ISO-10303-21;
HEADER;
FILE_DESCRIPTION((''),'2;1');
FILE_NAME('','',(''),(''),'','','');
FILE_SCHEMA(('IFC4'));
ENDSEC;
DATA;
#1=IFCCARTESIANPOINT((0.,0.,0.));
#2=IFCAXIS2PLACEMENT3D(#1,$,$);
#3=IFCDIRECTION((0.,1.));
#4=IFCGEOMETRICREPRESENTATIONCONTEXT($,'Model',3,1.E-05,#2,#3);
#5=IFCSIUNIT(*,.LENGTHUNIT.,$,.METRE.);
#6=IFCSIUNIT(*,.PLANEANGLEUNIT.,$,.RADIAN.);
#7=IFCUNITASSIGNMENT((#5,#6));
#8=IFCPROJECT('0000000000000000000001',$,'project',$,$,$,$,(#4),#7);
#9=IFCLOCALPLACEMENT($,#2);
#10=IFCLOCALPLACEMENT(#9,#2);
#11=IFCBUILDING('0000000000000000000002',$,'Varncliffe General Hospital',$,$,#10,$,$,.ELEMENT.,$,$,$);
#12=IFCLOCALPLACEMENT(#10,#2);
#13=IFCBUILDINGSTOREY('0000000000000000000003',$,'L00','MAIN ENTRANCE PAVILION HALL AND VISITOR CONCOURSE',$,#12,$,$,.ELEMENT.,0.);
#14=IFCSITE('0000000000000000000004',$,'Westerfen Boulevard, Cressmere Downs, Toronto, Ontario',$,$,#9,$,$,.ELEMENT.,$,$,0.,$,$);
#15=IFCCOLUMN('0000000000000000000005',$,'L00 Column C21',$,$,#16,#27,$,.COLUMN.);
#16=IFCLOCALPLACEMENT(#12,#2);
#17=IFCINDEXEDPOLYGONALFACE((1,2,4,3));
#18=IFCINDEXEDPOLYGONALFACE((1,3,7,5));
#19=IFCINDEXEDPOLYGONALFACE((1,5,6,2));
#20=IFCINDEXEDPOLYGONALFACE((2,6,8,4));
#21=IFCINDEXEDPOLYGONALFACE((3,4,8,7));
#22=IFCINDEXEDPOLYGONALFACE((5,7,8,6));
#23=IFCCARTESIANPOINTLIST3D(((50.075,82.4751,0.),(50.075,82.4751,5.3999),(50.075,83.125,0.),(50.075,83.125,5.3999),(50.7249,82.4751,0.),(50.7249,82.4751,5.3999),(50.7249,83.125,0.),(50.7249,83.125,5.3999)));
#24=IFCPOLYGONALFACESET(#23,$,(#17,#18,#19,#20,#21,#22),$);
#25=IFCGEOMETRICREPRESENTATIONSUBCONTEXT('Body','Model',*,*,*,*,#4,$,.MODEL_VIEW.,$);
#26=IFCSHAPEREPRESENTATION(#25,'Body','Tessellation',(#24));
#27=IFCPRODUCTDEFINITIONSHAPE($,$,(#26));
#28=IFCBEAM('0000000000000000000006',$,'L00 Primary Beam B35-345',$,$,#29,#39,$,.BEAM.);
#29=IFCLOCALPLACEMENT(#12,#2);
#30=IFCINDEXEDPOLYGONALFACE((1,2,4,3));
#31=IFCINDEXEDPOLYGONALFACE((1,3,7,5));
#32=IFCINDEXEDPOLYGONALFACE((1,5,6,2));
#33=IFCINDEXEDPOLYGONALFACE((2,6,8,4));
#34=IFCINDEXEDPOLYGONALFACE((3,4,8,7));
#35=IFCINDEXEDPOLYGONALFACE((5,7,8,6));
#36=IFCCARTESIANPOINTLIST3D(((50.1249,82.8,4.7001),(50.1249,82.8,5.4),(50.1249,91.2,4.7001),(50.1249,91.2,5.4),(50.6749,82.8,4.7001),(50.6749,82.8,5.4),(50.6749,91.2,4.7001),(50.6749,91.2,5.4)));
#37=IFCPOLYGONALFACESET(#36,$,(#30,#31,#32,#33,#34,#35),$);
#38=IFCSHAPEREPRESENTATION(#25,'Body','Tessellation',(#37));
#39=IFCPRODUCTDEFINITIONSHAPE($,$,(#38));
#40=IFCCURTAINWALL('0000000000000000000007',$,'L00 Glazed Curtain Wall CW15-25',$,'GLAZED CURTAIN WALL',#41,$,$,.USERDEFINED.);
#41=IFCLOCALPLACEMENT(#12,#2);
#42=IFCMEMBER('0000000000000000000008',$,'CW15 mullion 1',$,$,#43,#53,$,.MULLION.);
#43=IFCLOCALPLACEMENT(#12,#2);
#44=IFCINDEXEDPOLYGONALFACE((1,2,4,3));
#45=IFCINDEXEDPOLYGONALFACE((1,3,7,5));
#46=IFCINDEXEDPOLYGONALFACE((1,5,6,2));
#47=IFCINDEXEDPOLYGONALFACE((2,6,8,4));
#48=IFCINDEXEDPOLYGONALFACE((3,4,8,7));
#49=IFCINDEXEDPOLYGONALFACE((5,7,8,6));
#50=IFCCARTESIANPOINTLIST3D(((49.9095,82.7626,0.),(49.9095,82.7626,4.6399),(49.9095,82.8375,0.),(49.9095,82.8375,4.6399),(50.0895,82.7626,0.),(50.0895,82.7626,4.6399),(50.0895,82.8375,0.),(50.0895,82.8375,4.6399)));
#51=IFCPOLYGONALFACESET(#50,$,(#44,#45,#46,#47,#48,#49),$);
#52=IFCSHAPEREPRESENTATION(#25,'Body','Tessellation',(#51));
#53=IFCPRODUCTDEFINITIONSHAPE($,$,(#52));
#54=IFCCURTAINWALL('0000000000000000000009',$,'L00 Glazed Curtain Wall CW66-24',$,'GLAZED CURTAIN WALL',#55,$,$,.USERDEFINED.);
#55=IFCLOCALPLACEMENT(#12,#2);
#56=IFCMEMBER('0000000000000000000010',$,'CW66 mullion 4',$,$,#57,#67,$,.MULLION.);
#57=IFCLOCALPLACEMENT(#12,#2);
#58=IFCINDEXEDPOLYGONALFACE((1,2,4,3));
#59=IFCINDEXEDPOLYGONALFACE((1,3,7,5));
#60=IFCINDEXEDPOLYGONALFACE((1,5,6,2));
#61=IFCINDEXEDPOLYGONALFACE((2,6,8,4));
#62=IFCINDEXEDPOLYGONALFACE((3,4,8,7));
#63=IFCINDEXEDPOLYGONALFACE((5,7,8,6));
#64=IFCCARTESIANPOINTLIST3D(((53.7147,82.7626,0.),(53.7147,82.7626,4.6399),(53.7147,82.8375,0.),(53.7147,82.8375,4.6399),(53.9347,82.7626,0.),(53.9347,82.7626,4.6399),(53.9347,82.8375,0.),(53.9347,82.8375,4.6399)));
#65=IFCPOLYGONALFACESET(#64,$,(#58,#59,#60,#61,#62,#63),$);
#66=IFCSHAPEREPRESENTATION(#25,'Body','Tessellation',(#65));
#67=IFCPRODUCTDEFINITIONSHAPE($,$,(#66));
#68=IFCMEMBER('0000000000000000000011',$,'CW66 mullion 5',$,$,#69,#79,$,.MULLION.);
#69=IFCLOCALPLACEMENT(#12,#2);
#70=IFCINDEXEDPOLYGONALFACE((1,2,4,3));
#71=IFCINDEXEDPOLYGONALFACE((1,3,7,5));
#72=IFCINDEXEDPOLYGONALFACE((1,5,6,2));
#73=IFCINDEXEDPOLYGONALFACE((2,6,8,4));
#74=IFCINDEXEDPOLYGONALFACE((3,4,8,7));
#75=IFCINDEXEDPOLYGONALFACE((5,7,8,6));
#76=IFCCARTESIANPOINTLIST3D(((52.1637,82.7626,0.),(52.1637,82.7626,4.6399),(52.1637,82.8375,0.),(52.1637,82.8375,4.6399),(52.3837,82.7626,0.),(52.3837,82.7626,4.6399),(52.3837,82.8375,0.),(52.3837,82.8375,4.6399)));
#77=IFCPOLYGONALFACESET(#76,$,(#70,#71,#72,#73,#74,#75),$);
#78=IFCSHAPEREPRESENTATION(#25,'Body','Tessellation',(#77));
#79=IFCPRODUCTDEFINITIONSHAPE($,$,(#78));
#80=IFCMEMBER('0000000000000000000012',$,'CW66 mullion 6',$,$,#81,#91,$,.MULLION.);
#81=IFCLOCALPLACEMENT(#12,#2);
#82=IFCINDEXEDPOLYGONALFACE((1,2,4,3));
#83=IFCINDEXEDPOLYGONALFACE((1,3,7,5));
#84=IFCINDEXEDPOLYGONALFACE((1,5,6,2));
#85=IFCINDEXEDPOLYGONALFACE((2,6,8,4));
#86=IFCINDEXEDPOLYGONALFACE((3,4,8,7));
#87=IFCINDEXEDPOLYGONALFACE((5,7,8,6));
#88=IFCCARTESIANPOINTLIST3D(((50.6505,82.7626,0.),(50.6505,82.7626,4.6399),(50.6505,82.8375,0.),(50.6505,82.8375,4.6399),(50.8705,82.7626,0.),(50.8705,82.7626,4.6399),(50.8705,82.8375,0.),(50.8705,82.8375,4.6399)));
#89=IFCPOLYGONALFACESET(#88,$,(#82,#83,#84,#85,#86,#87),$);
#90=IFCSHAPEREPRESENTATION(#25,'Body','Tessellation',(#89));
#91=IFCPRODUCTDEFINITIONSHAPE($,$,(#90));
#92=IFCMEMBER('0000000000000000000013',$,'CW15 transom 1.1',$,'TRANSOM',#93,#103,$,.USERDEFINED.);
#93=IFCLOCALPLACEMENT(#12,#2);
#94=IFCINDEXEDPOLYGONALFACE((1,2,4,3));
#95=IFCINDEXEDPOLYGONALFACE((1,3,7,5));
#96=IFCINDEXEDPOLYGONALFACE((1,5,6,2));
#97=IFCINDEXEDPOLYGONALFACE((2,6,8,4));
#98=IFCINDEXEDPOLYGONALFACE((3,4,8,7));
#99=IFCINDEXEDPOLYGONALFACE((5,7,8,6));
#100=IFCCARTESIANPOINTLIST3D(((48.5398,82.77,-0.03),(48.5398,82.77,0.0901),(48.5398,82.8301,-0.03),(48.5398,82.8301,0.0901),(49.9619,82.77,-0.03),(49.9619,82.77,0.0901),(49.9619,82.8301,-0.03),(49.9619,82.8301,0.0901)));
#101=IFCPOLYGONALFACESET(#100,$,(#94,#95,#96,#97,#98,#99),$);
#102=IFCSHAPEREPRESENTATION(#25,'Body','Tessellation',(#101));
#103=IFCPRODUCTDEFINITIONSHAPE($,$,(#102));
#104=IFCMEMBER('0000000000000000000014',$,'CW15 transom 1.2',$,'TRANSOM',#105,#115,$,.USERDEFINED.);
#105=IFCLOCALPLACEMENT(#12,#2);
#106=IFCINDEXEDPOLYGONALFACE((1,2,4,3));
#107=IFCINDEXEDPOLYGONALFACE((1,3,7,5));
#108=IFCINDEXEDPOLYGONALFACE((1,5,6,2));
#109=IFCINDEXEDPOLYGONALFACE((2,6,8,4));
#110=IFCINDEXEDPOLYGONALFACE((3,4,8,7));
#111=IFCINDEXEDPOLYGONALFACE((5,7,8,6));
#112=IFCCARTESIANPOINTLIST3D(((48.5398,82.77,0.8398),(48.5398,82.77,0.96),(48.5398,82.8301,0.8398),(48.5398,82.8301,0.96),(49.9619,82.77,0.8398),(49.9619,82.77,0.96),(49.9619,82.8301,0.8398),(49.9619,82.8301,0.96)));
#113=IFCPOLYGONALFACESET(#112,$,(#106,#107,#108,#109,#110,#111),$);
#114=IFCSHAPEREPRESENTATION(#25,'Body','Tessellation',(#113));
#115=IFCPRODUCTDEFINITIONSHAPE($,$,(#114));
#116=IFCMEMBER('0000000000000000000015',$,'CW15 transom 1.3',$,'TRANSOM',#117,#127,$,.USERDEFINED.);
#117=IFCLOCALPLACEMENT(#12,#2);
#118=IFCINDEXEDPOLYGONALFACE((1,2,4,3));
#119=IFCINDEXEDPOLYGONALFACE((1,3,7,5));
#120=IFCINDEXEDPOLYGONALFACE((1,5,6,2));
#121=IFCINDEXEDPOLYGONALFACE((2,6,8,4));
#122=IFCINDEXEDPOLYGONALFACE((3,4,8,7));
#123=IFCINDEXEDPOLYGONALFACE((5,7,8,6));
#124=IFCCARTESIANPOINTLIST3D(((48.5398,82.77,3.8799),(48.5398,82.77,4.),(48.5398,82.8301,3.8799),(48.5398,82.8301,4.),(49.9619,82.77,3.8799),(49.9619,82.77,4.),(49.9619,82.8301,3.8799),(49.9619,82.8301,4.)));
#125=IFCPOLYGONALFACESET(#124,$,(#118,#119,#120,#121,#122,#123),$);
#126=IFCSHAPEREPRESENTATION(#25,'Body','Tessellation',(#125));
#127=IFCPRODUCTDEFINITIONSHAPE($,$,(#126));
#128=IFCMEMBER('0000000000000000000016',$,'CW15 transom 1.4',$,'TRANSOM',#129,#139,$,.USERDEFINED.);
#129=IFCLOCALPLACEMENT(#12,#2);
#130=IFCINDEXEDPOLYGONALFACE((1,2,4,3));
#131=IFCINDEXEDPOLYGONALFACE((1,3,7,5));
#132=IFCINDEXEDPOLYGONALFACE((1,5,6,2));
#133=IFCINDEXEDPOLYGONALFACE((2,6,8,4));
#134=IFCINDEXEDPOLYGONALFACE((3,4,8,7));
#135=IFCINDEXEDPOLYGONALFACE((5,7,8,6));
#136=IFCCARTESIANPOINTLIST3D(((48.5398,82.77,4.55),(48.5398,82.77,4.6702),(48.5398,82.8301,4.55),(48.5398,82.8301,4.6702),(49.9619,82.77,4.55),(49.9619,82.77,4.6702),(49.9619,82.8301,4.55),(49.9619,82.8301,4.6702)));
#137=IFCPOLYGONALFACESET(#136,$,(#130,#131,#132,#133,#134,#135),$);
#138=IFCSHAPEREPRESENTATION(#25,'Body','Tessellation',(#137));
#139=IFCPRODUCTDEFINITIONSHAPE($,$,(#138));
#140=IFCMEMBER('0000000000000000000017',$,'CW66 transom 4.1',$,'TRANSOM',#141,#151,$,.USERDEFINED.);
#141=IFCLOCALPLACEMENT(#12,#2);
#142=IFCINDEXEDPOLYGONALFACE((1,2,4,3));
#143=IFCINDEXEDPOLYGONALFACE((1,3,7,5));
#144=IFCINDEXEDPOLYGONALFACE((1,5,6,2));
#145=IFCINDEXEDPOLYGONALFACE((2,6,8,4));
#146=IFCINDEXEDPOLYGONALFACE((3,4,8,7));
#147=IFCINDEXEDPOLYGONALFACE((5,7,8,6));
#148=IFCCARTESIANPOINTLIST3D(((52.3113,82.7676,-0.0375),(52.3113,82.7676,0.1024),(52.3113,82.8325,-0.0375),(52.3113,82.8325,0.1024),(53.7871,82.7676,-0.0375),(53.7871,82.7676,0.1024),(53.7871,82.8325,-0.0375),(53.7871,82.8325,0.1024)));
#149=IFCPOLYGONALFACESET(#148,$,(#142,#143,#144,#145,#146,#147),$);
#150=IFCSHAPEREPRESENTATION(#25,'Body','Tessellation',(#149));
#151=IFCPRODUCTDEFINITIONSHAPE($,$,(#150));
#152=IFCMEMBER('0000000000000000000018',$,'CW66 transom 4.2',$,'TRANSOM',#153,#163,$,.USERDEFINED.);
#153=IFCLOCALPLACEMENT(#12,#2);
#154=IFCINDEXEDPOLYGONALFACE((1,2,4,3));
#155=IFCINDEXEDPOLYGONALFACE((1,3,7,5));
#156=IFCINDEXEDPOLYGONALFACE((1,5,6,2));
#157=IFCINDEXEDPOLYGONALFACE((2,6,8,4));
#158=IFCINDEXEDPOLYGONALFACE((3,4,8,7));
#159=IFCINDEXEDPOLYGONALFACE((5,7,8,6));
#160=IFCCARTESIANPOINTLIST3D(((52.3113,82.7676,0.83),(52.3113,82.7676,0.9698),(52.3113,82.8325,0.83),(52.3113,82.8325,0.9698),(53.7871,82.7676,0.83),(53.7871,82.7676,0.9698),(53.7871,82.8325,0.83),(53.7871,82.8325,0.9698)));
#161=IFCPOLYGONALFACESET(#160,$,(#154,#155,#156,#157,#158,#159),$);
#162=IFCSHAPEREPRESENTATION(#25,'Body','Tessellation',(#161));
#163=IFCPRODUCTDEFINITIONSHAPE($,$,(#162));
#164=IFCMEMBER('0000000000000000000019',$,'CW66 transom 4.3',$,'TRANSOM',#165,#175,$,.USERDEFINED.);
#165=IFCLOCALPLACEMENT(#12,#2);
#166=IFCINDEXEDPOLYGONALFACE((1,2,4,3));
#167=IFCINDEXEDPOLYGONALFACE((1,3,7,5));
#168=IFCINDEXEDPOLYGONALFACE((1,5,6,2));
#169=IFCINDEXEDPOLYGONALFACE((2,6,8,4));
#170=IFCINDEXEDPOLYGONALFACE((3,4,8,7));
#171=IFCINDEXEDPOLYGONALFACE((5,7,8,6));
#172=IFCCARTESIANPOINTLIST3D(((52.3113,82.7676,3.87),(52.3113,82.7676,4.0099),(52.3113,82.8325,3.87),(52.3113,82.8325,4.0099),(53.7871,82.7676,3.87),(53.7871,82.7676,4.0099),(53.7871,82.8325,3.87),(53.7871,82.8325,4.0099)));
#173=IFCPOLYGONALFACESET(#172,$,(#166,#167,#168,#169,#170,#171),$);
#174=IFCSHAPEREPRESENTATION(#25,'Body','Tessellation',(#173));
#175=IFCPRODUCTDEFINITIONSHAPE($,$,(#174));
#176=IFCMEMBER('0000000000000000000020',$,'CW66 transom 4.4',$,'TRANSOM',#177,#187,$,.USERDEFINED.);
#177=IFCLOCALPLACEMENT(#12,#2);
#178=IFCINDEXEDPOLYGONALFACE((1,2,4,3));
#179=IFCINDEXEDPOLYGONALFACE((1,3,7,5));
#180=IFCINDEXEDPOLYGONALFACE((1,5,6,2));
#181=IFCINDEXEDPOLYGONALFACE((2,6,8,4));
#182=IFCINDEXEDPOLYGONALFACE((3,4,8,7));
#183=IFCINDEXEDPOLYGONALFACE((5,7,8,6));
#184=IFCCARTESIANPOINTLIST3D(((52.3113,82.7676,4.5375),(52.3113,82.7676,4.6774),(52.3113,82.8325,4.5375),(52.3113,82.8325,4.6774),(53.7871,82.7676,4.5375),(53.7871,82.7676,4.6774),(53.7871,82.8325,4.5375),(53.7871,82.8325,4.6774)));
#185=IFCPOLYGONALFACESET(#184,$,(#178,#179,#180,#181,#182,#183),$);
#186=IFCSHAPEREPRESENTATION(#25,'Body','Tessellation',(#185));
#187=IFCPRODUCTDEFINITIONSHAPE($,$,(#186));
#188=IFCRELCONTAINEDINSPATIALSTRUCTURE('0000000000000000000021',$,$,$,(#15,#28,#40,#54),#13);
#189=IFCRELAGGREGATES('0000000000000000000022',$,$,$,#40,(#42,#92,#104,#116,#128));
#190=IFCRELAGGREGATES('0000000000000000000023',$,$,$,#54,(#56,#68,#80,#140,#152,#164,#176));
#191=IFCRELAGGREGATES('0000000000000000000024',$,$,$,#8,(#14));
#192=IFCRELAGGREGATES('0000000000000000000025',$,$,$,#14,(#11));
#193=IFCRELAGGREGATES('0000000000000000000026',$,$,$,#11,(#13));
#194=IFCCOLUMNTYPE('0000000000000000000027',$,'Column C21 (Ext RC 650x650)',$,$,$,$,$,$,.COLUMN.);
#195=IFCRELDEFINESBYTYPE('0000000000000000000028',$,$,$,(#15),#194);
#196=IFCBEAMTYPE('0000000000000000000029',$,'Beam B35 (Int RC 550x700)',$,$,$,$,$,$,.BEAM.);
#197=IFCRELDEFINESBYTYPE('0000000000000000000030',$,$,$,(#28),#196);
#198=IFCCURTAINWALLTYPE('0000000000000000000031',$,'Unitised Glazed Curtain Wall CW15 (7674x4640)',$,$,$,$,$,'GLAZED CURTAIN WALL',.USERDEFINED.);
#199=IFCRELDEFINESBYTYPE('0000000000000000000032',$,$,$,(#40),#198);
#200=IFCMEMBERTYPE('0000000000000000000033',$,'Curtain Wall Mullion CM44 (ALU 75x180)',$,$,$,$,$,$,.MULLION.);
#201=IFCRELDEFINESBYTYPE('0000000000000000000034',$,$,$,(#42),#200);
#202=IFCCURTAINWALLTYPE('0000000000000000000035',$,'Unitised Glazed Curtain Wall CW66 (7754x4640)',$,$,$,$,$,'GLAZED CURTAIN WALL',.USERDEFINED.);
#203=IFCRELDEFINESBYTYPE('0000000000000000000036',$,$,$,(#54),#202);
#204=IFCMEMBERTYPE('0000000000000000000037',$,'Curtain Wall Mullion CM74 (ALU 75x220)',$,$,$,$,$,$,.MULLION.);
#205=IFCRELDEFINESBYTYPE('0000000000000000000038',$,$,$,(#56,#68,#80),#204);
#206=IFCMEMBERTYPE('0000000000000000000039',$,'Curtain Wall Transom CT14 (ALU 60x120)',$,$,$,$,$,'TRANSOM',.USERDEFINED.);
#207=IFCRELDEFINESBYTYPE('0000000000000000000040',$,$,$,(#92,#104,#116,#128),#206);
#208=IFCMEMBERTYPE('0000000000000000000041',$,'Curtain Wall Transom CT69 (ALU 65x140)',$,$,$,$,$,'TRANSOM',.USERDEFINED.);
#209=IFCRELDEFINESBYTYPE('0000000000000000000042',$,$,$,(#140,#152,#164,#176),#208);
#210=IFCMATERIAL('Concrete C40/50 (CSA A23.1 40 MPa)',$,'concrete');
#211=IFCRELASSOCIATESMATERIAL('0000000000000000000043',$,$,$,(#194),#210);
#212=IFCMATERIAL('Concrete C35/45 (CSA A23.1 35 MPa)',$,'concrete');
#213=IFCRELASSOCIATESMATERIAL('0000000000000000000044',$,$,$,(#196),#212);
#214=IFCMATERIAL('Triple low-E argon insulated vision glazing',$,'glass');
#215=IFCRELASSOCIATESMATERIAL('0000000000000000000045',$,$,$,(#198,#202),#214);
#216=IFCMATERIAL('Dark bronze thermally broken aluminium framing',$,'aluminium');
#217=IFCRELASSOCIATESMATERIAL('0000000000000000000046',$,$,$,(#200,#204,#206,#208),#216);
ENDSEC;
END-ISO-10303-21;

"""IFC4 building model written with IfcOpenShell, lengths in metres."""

from ifc_helpers import new_model, si_unit, direction, frame, origin, origin_2d, place, context, subcontext, project, spatial, rectangle, extrude, material, material_profile, profile_set, type_object, element, aggregate, save


model = new_model("IFC4")

# Units and contexts
model_context = context("Model", 3, precision=1e-05, world=origin(), true_north=direction((0.0, 1.0)))
body_context = subcontext(model_context, "Body", "Model", "MODEL_VIEW")
ifc_project = project(units=[si_unit("LENGTHUNIT", "METRE"), si_unit("PLANEANGLEUNIT", "RADIAN")], contexts=[model_context])

# Site, building, storey
site_placement = place(None, origin())
site = spatial("IfcSite", under=ifc_project, at=site_placement, Name="Westerfen Boulevard, Cressmere Downs, Toronto, Ontario", CompositionType="ELEMENT", RefElevation=0.0)
building_placement = place(site_placement, origin())
building = spatial("IfcBuilding", under=site, at=building_placement, Name="Varncliffe General Hospital", CompositionType="ELEMENT")
storey_placement = place(building_placement, origin())
storey = spatial("IfcBuildingStorey", under=building, at=storey_placement, Name="L00", Description="MAIN ENTRANCE PAVILION HALL AND VISITOR CONCOURSE", CompositionType="ELEMENT", Elevation=0.0)

# Column
ifc_material_1 = material(Name="Concrete C40/50 (CSA A23.1 40 MPa)", Category="concrete")
ifc_material_profile_1 = material_profile(ifc_material_1, rectangle(XDim=0.6499, YDim=0.6499, at=origin_2d()), Name="RC 650x650")
ifc_profile_set_1 = profile_set([ifc_material_profile_1], Name="Concrete C40/50 (CSA A23.1 40 MPa)")
column_type = type_object("IfcColumnType", Name="Column C21 (Ext RC 650x650)", PredefinedType="COLUMN", material=ifc_profile_set_1)
column_placement = place(storey_placement, frame((50.3999, 82.8, 0.0), z_axis=(0.0, 0.0, 1.0), x_axis=(1.0, 0.0, 0.0)))
element("IfcColumn", 1, at=column_placement, inside=storey, type_object=column_type, Name="L00 Column C21", PredefinedType="COLUMN", context=body_context, shape_type="SweptSolid", body=[
    extrude(rectangle(XDim=0.6499, YDim=0.6499, at=origin_2d()), origin(), (0.0, 0.0, 1.0), 5.3999),
])

# Beam
ifc_material_2 = material(Name="Concrete C35/45 (CSA A23.1 35 MPa)", Category="concrete")
ifc_material_profile_2 = material_profile(ifc_material_2, rectangle(XDim=0.55, YDim=0.7, at=origin_2d()), Name="RC 550x700")
ifc_profile_set_2 = profile_set([ifc_material_profile_2], Name="Concrete C35/45 (CSA A23.1 35 MPa)")
beam_type_1 = type_object("IfcBeamType", Name="Beam B35 (Int RC 550x700)", PredefinedType="BEAM", material=ifc_profile_set_2)
beam_1_placement = place(storey_placement, frame((50.3999, 82.8, 5.05), z_axis=(0.0, 1.0, 0.0), x_axis=(-1.0, 0.0, 0.0)))
element("IfcBeam", 2, at=beam_1_placement, inside=storey, type_object=beam_type_1, Name="L00 Primary Beam B35-345", PredefinedType="BEAM", context=body_context, shape_type="SweptSolid", body=[
    extrude(rectangle(XDim=0.55, YDim=0.7, at=origin_2d()), origin(), (0.0, 0.0, 1.0), 8.3999),
])

# Curtain wall, member
ifc_material_3 = material(Name="Triple low-E argon insulated vision glazing", Category="glass")
curtain_wall_type_1 = type_object("IfcCurtainWallType", Name="Unitised Glazed Curtain Wall CW15 (7674x4640)", ElementType="GLAZED CURTAIN WALL", PredefinedType="USERDEFINED", material=ifc_material_3)
curtain_wall_1_placement = place(storey_placement, origin())
curtain_wall_1 = element("IfcCurtainWall", 3, at=curtain_wall_1_placement, inside=storey, type_object=curtain_wall_type_1, Name="L00 Glazed Curtain Wall CW15-25", ObjectType="GLAZED CURTAIN WALL", PredefinedType="USERDEFINED")
ifc_material_4 = material(Name="Dark bronze thermally broken aluminium framing", Category="aluminium")
ifc_material_profile_3 = material_profile(ifc_material_4, rectangle(XDim=0.075, YDim=0.1799, at=origin_2d()), Name="ALU 75x180")
ifc_profile_set_3 = profile_set([ifc_material_profile_3], Name="Dark bronze thermally broken aluminium framing")
member_type_1 = type_object("IfcMemberType", Name="Curtain Wall Mullion CM44 (ALU 75x180)", PredefinedType="MULLION", material=ifc_profile_set_3)
member_1_placement = place(storey_placement, frame((49.9995, 82.8, 0.0), z_axis=(0.0, 0.0, 1.0), x_axis=(0.0, -1.0, 0.0)))
member_1 = element("IfcMember", 4, at=member_1_placement, type_object=member_type_1, Name="CW15 mullion 1", PredefinedType="MULLION", context=body_context, shape_type="SweptSolid", body=[
    extrude(rectangle(XDim=0.075, YDim=0.1799, at=origin_2d()), origin(), (0.0, 0.0, 1.0), 4.6399),
])

# Curtain wall, members
curtain_wall_type_2 = type_object("IfcCurtainWallType", Name="Unitised Glazed Curtain Wall CW66 (7754x4640)", ElementType="GLAZED CURTAIN WALL", PredefinedType="USERDEFINED", material=ifc_material_3)
curtain_wall_2_placement = place(storey_placement, origin())
curtain_wall_2 = element("IfcCurtainWall", 5, at=curtain_wall_2_placement, inside=storey, type_object=curtain_wall_type_2, Name="L00 Glazed Curtain Wall CW66-24", ObjectType="GLAZED CURTAIN WALL", PredefinedType="USERDEFINED")
ifc_material_profile_4 = material_profile(ifc_material_4, rectangle(XDim=0.075, YDim=0.22, at=origin_2d()), Name="ALU 75x220")
ifc_profile_set_4 = profile_set([ifc_material_profile_4], Name="Dark bronze thermally broken aluminium framing")
member_type_2 = type_object("IfcMemberType", Name="Curtain Wall Mullion CM74 (ALU 75x220)", PredefinedType="MULLION", material=ifc_profile_set_4)
member_2_placement = place(storey_placement, frame((53.8247, 82.8, 0.0), z_axis=(0.0, 0.0, 1.0), x_axis=(0.0, -1.0, 0.0)))
member_2 = element("IfcMember", 6, at=member_2_placement, type_object=member_type_2, Name="CW66 mullion 4", PredefinedType="MULLION", context=body_context, shape_type="SweptSolid", body=[
    extrude(rectangle(XDim=0.075, YDim=0.22, at=origin_2d()), origin(), (0.0, 0.0, 1.0), 4.6399),
])
member_3_placement = place(storey_placement, frame((52.2737, 82.8, 0.0), z_axis=(0.0, 0.0, 1.0), x_axis=(0.0, -1.0, 0.0)))
member_3 = element("IfcMember", 7, at=member_3_placement, type_object=member_type_2, Name="CW66 mullion 5", PredefinedType="MULLION", context=body_context, shape_type="SweptSolid", body=[
    extrude(rectangle(XDim=0.075, YDim=0.22, at=origin_2d()), origin(), (0.0, 0.0, 1.0), 4.6399),
])
member_4_placement = place(storey_placement, frame((50.7605, 82.8, 0.0), z_axis=(0.0, 0.0, 1.0), x_axis=(0.0, -1.0, 0.0)))
member_4 = element("IfcMember", 8, at=member_4_placement, type_object=member_type_2, Name="CW66 mullion 6", PredefinedType="MULLION", context=body_context, shape_type="SweptSolid", body=[
    extrude(rectangle(XDim=0.075, YDim=0.22, at=origin_2d()), origin(), (0.0, 0.0, 1.0), 4.6399),
])

# Members
ifc_material_profile_5 = material_profile(ifc_material_4, rectangle(XDim=0.0601, YDim=0.1201, at=origin_2d()), Name="ALU 60x120")
ifc_profile_set_5 = profile_set([ifc_material_profile_5], Name="Dark bronze thermally broken aluminium framing")
member_type_3 = type_object("IfcMemberType", Name="Curtain Wall Transom CT14 (ALU 60x120)", ElementType="TRANSOM", PredefinedType="USERDEFINED", material=ifc_profile_set_5)
member_5_placement = place(storey_placement, frame((49.9619, 82.8, 0.03), z_axis=(-1.0, 0.0, 0.0), x_axis=(0.0, -1.0, 0.0)))
member_5 = element("IfcMember", 9, at=member_5_placement, type_object=member_type_3, Name="CW15 transom 1.1", ObjectType="TRANSOM", PredefinedType="USERDEFINED", context=body_context, shape_type="SweptSolid", body=[
    extrude(rectangle(XDim=0.0601, YDim=0.1201, at=origin_2d()), origin(), (0.0, 0.0, 1.0), 1.4221),
])
member_6_placement = place(storey_placement, frame((49.9619, 82.8, 0.8999), z_axis=(-1.0, 0.0, 0.0), x_axis=(0.0, -1.0, 0.0)))
member_6 = element("IfcMember", 10, at=member_6_placement, type_object=member_type_3, Name="CW15 transom 1.2", ObjectType="TRANSOM", PredefinedType="USERDEFINED", context=body_context, shape_type="SweptSolid", body=[
    extrude(rectangle(XDim=0.0601, YDim=0.1201, at=origin_2d()), origin(), (0.0, 0.0, 1.0), 1.4221),
])
member_7_placement = place(storey_placement, frame((49.9619, 82.8, 3.9399), z_axis=(-1.0, 0.0, 0.0), x_axis=(0.0, -1.0, 0.0)))
member_7 = element("IfcMember", 11, at=member_7_placement, type_object=member_type_3, Name="CW15 transom 1.3", ObjectType="TRANSOM", PredefinedType="USERDEFINED", context=body_context, shape_type="SweptSolid", body=[
    extrude(rectangle(XDim=0.0601, YDim=0.1201, at=origin_2d()), origin(), (0.0, 0.0, 1.0), 1.4221),
])
member_8_placement = place(storey_placement, frame((49.9619, 82.8, 4.6101), z_axis=(-1.0, 0.0, 0.0), x_axis=(0.0, -1.0, 0.0)))
member_8 = element("IfcMember", 12, at=member_8_placement, type_object=member_type_3, Name="CW15 transom 1.4", ObjectType="TRANSOM", PredefinedType="USERDEFINED", context=body_context, shape_type="SweptSolid", body=[
    extrude(rectangle(XDim=0.0601, YDim=0.1201, at=origin_2d()), origin(), (0.0, 0.0, 1.0), 1.4221),
])
ifc_material_profile_6 = material_profile(ifc_material_4, rectangle(XDim=0.0649, YDim=0.1399, at=origin_2d()), Name="ALU 65x140")
ifc_profile_set_6 = profile_set([ifc_material_profile_6], Name="Dark bronze thermally broken aluminium framing")
member_type_4 = type_object("IfcMemberType", Name="Curtain Wall Transom CT69 (ALU 65x140)", ElementType="TRANSOM", PredefinedType="USERDEFINED", material=ifc_profile_set_6)
member_9_placement = place(storey_placement, frame((53.7871, 82.8, 0.0325), z_axis=(-1.0, 0.0, 0.0), x_axis=(0.0, -1.0, 0.0)))
member_9 = element("IfcMember", 13, at=member_9_placement, type_object=member_type_4, Name="CW66 transom 4.1", ObjectType="TRANSOM", PredefinedType="USERDEFINED", context=body_context, shape_type="SweptSolid", body=[
    extrude(rectangle(XDim=0.0649, YDim=0.1399, at=origin_2d()), origin(), (0.0, 0.0, 1.0), 1.4758),
])
member_10_placement = place(storey_placement, frame((53.7871, 82.8, 0.8999), z_axis=(-1.0, 0.0, 0.0), x_axis=(0.0, -1.0, 0.0)))
member_10 = element("IfcMember", 14, at=member_10_placement, type_object=member_type_4, Name="CW66 transom 4.2", ObjectType="TRANSOM", PredefinedType="USERDEFINED", context=body_context, shape_type="SweptSolid", body=[
    extrude(rectangle(XDim=0.0649, YDim=0.1399, at=origin_2d()), origin(), (0.0, 0.0, 1.0), 1.4758),
])
member_11_placement = place(storey_placement, frame((53.7871, 82.8, 3.9399), z_axis=(-1.0, 0.0, 0.0), x_axis=(0.0, -1.0, 0.0)))
member_11 = element("IfcMember", 15, at=member_11_placement, type_object=member_type_4, Name="CW66 transom 4.3", ObjectType="TRANSOM", PredefinedType="USERDEFINED", context=body_context, shape_type="SweptSolid", body=[
    extrude(rectangle(XDim=0.0649, YDim=0.1399, at=origin_2d()), origin(), (0.0, 0.0, 1.0), 1.4758),
])
member_12_placement = place(storey_placement, frame((53.7871, 82.8, 4.6074), z_axis=(-1.0, 0.0, 0.0), x_axis=(0.0, -1.0, 0.0)))
member_12 = element("IfcMember", 16, at=member_12_placement, type_object=member_type_4, Name="CW66 transom 4.4", ObjectType="TRANSOM", PredefinedType="USERDEFINED", context=body_context, shape_type="SweptSolid", body=[
    extrude(rectangle(XDim=0.0649, YDim=0.1399, at=origin_2d()), origin(), (0.0, 0.0, 1.0), 1.4758),
])

aggregate(curtain_wall_1, [member_1, member_5, member_6, member_7, member_8])
aggregate(curtain_wall_2, [member_2, member_3, member_4, member_9, member_10, member_11, member_12])

save(model, "model.ifc")
